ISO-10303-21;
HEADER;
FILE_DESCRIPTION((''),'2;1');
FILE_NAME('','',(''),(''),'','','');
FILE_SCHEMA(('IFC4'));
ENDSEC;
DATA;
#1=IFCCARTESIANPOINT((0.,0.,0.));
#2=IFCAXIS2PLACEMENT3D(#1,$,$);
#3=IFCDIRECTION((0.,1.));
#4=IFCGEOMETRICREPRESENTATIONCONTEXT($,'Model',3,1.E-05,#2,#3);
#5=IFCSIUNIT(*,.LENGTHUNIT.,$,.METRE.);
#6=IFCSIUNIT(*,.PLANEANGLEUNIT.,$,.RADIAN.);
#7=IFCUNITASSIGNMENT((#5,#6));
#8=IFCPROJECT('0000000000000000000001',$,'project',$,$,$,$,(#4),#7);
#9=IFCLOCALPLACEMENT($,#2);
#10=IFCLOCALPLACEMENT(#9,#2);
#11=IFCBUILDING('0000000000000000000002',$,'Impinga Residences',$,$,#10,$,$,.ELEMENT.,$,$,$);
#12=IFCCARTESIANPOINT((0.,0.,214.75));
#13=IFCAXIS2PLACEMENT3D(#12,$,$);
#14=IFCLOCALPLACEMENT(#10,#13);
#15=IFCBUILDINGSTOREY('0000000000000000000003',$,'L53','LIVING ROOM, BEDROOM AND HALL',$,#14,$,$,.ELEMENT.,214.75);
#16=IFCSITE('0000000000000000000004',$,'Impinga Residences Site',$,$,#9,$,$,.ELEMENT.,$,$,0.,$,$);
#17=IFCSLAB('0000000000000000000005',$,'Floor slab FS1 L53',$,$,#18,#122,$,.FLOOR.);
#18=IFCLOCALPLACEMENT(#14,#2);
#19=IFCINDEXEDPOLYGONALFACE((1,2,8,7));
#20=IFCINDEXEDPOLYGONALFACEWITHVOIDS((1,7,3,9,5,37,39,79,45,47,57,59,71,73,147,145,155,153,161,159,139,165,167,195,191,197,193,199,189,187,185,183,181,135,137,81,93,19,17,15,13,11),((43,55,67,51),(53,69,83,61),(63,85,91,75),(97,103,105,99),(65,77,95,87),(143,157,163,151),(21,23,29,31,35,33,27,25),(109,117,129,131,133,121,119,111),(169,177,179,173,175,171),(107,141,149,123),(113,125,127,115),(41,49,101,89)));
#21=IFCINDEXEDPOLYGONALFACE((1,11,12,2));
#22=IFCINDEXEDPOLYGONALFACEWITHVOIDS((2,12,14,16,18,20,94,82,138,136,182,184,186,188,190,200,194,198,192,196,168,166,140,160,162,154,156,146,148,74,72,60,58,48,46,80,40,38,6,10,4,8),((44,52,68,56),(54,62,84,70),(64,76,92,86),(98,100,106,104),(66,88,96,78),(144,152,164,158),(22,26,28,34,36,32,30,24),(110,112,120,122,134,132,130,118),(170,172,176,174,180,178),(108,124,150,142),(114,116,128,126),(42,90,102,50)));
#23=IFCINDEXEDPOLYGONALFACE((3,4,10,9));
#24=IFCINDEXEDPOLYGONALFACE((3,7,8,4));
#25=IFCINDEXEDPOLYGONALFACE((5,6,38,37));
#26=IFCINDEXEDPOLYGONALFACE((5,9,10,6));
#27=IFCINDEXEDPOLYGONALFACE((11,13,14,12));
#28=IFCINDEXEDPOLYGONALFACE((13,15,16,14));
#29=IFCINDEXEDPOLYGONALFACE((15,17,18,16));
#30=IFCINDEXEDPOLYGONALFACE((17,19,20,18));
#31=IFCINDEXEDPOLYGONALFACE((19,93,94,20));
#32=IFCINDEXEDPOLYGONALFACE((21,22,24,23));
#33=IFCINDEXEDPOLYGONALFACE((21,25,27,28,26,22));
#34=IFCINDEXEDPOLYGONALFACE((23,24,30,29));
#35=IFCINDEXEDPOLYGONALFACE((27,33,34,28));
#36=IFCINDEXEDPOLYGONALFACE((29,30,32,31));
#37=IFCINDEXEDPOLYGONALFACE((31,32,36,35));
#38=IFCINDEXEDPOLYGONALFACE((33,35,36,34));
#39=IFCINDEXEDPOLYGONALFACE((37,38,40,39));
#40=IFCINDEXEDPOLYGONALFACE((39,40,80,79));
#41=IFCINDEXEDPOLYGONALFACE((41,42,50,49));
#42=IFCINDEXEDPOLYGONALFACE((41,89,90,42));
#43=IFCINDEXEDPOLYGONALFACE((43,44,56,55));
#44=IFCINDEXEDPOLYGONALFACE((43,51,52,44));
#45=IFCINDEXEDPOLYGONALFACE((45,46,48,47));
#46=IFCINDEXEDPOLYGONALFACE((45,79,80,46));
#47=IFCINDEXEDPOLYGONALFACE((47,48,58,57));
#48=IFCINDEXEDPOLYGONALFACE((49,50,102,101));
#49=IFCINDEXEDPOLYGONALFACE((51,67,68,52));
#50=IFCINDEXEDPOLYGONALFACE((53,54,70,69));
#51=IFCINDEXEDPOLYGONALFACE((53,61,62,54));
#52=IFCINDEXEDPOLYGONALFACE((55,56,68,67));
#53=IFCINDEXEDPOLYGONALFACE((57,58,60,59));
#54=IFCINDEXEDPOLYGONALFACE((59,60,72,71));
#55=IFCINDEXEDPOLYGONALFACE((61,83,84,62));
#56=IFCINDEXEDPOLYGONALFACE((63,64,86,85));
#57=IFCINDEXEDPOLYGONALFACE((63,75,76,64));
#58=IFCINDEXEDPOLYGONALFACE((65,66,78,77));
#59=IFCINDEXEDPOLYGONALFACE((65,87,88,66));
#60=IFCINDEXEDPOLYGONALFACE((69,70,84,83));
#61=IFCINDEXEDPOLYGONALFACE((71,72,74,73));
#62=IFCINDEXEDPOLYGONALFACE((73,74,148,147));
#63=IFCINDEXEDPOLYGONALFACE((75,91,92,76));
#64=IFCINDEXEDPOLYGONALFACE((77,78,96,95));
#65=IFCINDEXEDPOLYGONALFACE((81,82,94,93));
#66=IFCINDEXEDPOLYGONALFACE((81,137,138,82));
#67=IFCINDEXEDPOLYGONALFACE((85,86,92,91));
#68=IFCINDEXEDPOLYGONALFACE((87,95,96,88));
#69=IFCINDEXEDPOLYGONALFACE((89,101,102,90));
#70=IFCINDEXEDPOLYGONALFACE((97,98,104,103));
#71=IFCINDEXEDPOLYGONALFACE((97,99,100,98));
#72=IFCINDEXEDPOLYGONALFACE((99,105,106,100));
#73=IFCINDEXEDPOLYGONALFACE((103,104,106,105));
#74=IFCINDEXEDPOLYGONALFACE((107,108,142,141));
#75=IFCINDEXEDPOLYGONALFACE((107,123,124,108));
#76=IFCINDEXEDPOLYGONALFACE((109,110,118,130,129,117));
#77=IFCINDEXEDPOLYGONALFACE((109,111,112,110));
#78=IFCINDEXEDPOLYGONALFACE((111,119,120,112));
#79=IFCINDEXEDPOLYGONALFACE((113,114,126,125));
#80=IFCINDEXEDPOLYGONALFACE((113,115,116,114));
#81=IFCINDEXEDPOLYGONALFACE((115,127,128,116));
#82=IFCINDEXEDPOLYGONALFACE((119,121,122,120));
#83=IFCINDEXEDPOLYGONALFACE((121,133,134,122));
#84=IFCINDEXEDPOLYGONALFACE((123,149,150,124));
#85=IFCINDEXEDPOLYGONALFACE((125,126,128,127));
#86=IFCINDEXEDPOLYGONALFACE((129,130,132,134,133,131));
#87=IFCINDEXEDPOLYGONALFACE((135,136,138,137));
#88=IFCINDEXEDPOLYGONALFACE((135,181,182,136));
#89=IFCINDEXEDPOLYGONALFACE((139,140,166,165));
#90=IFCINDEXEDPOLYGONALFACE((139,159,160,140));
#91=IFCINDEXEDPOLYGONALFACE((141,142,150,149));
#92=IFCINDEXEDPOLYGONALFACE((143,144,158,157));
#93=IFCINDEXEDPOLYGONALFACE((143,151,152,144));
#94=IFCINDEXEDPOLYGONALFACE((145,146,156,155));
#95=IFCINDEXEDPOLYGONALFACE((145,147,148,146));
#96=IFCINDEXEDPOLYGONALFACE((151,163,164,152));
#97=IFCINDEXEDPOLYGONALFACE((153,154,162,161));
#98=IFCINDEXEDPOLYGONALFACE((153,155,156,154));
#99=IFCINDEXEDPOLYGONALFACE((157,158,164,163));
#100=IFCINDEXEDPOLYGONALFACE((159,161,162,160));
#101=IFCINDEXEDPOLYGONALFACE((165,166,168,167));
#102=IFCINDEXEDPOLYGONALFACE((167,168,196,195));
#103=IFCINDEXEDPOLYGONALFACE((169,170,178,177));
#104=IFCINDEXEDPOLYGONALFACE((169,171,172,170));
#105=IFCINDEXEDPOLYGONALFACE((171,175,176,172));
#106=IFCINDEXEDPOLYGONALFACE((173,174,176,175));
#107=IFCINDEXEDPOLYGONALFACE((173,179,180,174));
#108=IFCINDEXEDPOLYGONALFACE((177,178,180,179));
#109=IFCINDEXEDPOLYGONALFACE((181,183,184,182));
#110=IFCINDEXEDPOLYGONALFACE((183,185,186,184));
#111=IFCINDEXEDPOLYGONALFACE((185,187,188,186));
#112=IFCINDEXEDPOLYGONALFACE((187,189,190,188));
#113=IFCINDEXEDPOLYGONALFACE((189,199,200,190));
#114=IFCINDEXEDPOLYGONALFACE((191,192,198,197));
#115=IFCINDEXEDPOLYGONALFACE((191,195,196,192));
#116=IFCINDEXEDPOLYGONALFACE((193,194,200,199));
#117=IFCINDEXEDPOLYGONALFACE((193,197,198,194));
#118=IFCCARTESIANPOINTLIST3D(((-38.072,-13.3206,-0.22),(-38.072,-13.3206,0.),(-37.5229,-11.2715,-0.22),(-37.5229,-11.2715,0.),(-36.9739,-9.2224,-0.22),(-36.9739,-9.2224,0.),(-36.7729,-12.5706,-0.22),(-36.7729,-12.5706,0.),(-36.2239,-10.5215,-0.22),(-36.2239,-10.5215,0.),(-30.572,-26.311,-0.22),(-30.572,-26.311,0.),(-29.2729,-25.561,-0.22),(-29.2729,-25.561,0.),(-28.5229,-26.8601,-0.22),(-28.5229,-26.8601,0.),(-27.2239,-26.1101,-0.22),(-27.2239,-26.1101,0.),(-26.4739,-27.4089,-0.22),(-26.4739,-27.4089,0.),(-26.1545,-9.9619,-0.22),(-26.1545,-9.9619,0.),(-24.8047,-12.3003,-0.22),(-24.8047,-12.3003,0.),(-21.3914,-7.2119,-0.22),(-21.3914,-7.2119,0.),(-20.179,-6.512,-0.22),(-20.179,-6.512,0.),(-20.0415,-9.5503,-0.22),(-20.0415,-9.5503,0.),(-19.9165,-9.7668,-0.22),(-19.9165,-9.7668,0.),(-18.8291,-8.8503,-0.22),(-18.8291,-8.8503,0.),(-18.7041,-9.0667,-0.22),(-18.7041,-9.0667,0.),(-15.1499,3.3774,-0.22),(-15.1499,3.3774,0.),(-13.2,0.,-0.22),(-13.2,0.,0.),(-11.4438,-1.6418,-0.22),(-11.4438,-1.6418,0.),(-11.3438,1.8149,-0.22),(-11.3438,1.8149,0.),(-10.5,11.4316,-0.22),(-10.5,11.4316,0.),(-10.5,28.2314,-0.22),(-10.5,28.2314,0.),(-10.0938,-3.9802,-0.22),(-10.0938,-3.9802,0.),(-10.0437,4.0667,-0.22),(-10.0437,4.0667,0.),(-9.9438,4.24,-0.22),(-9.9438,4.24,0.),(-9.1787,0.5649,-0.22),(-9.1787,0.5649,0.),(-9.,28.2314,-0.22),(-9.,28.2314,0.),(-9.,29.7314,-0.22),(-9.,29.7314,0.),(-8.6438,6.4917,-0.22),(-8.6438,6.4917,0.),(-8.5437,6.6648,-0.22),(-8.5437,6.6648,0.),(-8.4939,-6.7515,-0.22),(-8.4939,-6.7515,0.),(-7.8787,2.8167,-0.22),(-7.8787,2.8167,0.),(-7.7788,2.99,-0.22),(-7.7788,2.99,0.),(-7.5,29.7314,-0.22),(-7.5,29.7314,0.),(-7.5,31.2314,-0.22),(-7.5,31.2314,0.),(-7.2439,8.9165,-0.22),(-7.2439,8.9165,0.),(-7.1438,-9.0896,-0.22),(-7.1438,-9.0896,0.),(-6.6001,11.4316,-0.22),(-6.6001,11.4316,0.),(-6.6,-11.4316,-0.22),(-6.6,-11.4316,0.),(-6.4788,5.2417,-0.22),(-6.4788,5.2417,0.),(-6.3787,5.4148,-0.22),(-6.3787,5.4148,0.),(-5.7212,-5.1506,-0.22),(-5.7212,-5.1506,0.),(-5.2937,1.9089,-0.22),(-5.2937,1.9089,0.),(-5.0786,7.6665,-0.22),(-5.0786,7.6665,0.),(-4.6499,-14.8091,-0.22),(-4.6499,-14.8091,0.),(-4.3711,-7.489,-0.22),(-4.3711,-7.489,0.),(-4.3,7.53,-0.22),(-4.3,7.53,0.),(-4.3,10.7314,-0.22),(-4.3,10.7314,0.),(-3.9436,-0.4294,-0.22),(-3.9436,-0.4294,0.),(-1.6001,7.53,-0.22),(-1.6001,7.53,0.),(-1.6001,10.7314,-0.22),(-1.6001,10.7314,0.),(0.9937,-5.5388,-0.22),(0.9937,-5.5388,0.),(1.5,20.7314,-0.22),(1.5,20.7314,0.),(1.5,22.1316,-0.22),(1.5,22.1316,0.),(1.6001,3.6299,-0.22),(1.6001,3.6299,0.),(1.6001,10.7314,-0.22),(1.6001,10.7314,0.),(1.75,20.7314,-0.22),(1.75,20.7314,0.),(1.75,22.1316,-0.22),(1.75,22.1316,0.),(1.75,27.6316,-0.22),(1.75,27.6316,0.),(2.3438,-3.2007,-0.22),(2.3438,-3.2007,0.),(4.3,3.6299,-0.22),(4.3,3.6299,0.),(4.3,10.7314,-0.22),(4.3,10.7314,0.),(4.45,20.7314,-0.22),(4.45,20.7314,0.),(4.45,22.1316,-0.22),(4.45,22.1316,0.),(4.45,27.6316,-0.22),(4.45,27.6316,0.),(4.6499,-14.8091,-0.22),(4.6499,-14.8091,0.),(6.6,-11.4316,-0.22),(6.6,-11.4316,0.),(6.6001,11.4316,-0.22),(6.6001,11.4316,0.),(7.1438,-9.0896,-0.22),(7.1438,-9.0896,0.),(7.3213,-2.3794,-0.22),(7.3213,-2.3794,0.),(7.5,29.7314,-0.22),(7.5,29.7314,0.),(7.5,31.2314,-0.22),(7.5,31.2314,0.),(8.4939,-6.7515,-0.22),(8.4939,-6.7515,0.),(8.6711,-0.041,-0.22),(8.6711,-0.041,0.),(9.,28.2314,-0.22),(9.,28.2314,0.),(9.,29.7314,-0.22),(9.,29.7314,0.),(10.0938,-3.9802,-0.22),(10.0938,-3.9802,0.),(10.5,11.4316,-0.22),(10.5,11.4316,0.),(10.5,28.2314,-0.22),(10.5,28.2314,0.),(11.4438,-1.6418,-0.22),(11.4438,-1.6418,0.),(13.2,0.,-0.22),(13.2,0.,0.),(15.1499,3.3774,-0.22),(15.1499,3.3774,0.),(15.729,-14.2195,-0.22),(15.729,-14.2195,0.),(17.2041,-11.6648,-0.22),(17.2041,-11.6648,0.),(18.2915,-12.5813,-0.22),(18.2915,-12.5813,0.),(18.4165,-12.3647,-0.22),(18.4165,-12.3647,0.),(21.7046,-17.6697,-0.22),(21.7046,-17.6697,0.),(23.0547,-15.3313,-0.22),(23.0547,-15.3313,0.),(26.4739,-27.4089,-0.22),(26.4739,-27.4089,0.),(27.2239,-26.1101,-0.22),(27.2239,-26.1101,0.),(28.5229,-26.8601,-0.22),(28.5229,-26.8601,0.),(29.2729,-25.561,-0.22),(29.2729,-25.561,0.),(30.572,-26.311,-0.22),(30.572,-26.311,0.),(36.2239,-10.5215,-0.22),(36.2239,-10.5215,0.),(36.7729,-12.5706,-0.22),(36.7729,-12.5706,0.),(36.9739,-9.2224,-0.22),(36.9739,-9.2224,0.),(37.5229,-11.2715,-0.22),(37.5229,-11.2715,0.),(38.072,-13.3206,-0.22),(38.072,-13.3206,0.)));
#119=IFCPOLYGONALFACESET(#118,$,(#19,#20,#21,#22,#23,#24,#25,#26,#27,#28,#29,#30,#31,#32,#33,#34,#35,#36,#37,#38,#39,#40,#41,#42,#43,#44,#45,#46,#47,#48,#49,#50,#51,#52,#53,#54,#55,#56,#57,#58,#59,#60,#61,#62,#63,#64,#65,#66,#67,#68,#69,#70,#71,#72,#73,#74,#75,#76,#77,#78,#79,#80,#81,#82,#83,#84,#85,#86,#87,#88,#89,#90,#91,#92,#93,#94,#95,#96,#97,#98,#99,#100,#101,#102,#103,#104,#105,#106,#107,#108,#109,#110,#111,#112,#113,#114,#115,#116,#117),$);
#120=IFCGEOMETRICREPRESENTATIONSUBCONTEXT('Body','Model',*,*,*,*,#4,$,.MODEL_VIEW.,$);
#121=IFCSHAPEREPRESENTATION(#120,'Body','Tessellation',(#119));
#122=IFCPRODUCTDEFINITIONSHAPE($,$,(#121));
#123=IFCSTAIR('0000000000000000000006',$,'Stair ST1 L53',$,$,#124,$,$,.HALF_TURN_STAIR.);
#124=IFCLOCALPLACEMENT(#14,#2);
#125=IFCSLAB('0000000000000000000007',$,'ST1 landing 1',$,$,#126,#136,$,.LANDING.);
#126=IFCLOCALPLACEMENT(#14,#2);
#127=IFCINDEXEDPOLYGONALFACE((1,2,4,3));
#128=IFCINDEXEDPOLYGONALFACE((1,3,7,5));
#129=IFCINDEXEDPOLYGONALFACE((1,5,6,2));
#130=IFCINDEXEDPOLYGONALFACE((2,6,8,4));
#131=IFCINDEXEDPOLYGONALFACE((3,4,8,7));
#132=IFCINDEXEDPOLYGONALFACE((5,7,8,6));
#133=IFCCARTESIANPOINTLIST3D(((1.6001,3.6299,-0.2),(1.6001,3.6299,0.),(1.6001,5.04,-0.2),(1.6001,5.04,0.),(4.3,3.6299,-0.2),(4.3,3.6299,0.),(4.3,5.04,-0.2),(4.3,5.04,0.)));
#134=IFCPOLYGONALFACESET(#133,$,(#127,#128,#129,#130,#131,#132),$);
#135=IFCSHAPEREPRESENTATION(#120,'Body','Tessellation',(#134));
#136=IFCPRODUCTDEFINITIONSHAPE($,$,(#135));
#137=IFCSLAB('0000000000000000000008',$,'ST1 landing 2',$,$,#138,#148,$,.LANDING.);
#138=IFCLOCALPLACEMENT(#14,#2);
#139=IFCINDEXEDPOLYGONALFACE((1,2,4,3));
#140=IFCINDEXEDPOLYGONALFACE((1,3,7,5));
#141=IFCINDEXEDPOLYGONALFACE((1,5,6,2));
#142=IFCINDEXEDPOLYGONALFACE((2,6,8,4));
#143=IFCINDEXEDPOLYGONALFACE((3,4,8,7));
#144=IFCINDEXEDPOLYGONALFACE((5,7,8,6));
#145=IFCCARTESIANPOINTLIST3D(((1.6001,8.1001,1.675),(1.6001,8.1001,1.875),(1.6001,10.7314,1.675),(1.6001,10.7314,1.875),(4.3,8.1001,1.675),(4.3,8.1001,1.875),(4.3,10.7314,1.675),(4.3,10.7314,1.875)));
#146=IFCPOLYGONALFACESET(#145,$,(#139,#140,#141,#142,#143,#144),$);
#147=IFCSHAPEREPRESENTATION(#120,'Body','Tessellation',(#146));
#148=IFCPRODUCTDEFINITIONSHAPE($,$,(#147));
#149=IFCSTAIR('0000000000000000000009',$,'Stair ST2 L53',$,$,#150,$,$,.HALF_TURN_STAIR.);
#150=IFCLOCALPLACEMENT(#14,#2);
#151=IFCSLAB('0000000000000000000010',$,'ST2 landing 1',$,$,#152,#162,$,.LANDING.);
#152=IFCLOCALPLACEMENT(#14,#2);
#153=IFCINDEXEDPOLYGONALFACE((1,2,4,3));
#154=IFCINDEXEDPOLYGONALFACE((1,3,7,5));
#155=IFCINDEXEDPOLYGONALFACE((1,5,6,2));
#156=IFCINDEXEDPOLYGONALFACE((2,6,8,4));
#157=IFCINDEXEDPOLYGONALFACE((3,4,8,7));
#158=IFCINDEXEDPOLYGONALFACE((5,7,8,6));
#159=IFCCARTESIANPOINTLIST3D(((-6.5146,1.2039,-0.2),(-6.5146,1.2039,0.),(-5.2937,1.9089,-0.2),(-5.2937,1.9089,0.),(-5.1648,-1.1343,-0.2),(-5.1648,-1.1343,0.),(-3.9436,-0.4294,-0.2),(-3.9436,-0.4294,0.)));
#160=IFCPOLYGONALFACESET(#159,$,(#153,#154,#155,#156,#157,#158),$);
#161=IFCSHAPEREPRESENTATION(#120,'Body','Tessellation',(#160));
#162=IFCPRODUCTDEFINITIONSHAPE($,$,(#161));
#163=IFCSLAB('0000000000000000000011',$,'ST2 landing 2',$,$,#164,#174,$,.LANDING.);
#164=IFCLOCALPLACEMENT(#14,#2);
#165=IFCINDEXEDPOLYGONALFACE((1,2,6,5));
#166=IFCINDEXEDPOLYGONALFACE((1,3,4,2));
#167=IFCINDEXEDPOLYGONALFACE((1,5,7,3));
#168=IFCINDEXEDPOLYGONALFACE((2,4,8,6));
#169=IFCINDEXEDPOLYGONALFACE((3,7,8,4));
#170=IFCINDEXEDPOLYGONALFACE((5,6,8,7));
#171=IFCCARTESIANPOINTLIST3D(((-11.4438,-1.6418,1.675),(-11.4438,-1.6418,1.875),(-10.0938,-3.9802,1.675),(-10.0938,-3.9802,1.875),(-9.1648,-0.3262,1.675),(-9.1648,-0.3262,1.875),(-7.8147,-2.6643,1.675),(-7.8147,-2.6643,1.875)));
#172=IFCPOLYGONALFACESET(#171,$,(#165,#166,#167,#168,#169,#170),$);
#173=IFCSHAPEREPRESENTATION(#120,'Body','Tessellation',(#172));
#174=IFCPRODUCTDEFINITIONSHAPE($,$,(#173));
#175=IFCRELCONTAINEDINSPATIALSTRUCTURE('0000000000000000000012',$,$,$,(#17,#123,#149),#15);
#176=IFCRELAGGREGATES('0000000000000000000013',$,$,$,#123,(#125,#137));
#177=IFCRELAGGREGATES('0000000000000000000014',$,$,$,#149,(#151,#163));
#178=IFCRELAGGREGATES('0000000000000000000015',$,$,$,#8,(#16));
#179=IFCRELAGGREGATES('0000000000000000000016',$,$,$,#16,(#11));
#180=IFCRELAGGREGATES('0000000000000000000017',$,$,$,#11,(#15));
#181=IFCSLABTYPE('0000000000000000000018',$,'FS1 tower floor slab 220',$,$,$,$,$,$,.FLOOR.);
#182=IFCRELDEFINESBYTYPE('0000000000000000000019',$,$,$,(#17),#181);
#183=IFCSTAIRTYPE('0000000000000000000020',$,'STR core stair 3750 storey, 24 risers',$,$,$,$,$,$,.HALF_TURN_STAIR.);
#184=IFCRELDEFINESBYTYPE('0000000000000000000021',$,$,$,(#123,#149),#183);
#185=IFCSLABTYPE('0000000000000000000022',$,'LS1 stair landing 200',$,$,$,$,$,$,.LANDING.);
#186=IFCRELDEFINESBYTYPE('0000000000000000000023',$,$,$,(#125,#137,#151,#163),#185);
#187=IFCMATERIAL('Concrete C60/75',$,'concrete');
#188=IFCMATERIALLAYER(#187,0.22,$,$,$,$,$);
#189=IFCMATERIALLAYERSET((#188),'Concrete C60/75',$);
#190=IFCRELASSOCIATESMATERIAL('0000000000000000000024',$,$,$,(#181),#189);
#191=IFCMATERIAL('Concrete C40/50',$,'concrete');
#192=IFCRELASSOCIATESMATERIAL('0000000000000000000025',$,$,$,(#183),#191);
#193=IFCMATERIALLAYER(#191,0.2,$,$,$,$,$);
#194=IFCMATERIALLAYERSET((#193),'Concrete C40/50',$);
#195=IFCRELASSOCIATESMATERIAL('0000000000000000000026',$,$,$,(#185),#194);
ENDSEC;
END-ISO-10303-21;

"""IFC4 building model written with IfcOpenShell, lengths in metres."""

from ifc_helpers import new_model, si_unit, direction, frame, origin, place, context, subcontext, project, spatial, polyline, outline, extrude, material, layer, layer_set, type_object, element, aggregate, save


model = new_model("IFC4")

# Units and contexts
model_context = context("Model", 3, precision=1e-05, world=origin(), true_north=direction((0.0, 1.0)))
body_context = subcontext(model_context, "Body", "Model", "MODEL_VIEW")
ifc_project = project(units=[si_unit("LENGTHUNIT", "METRE"), si_unit("PLANEANGLEUNIT", "RADIAN")], contexts=[model_context])

# Site, building, storey
site_placement = place(None, origin())
site = spatial("IfcSite", under=ifc_project, at=site_placement, Name="Impinga Residences Site", CompositionType="ELEMENT", RefElevation=0.0)
building_placement = place(site_placement, origin())
building = spatial("IfcBuilding", under=site, at=building_placement, Name="Impinga Residences", CompositionType="ELEMENT")
storey_placement = place(building_placement, frame((0.0, 0.0, 214.75)))
storey = spatial("IfcBuildingStorey", under=building, at=storey_placement, Name="L53", Description="LIVING ROOM, BEDROOM AND HALL", CompositionType="ELEMENT", Elevation=214.75)

# Slab
ifc_material_1 = material(Name="Concrete C60/75", Category="concrete")
ifc_layer_1 = layer(ifc_material_1, 0.22)
ifc_layer_set_1 = layer_set([ifc_layer_1], Name="Concrete C60/75")
slab_type_1 = type_object("IfcSlabType", Name="FS1 tower floor slab 220", PredefinedType="FLOOR", material=ifc_layer_set_1)
slab_1_placement = place(storey_placement, frame((0.0, 0.0, -0.22)))
element("IfcSlab", 1, at=slab_1_placement, inside=storey, type_object=slab_type_1, Name="Floor slab FS1 L53", PredefinedType="FLOOR", context=body_context, shape_type="SweptSolid", body=[
    extrude(outline(polyline([(-27.2239, -26.1101), (-28.5229, -26.8601), (-29.2729, -25.561), (-30.572, -26.311), (-38.072, -13.3206), (-36.7729, -12.5706), (-37.5229, -11.2715), (-36.2239, -10.5215), (-36.9739, -9.2224), (-15.1499, 3.3774), (-13.2, 0.0), (-6.6001, 11.4316), (-10.5, 11.4316), (-10.5, 28.2314), (-9.0, 28.2314), (-9.0, 29.7314), (-7.5, 29.7314), (-7.5, 31.2314), (7.5, 31.2314), (7.5, 29.7314), (9.0, 29.7314), (9.0, 28.2314), (10.5, 28.2314), (10.5, 11.4316), (6.6001, 11.4316), (13.2, 0.0), (15.1499, 3.3774), (36.9739, -9.2224), (36.2239, -10.5215), (37.5229, -11.2715), (36.7729, -12.5706), (38.072, -13.3206), (30.572, -26.311), (29.2729, -25.561), (28.5229, -26.8601), (27.2239, -26.1101), (26.4739, -27.4089), (4.6499, -14.8091), (9.9001, -5.7158), (6.6001, -11.4316), (-6.6001, -11.4316), (-9.9001, -5.7158), (-4.6499, -14.8091), (-26.4739, -27.4089), (-27.2239, -26.1101)]), holes=[polyline([(-18.7041, -9.0667), (-18.8291, -8.8503), (-18.8291, -8.8503), (-20.179, -6.512), (-21.3914, -7.2119), (-21.3914, -7.2119), (-26.1545, -9.9619), (-24.8047, -12.3003), (-20.0415, -9.5503), (-19.9165, -9.7668), (-18.7041, -9.0667)]), polyline([(-5.7212, -5.1506), (-8.4939, -6.7515), (-7.1438, -9.0896), (-4.3711, -7.489), (-5.7212, -5.1506)]), polyline([(-5.2937, 1.9089), (-11.4438, -1.6418), (-10.0938, -3.9802), (-3.9436, -0.4294), (-5.2937, 1.9089)]), polyline([(-7.8787, 2.8167), (-10.0437, 4.0667), (-11.3438, 1.8149), (-9.1787, 0.5649), (-7.8787, 2.8167)]), polyline([(-6.4788, 5.2417), (-8.6438, 6.4917), (-9.9438, 4.24), (-7.7788, 2.99), (-6.4788, 5.2417)]), polyline([(-6.3787, 5.4148), (-5.0786, 7.6665), (-7.2439, 8.9165), (-8.5437, 6.6648), (-6.3787, 5.4148)]), polyline([(-4.3, 7.53), (-1.6001, 7.53), (-1.6001, 10.7314), (-4.3, 10.7314), (-4.3, 7.53)]), polyline([(15.729, -14.2195), (21.7046, -17.6697), (23.0547, -15.3313), (18.2915, -12.5813), (18.4165, -12.3647), (17.2041, -11.6648), (15.729, -14.2195)]), polyline([(0.9937, -5.5388), (7.1438, -9.0896), (8.4939, -6.7515), (2.3438, -3.2007), (0.9937, -5.5388)]), polyline([(7.3213, -2.3794), (10.0938, -3.9802), (11.4438, -1.6418), (8.6711, -0.041), (7.3213, -2.3794)]), polyline([(4.3, 3.6299), (4.3, 10.7314), (1.6001, 10.7314), (1.6001, 3.6299), (4.3, 3.6299)]), polyline([(1.75, 22.1316), (1.5, 22.1316), (1.5, 20.7314), (1.75, 20.7314), (4.45, 20.7314), (4.45, 22.1316), (4.45, 27.6316), (1.75, 27.6316), (1.75, 22.1316)])]), origin(), (0.0, 0.0, 1.0), 0.22),
])

# Stairs, slabs
ifc_material_2 = material(Name="Concrete C40/50", Category="concrete")
stair_type = type_object("IfcStairType", Name="STR core stair 3750 storey, 24 risers", PredefinedType="HALF_TURN_STAIR", material=ifc_material_2)
stair_1_placement = place(storey_placement, origin())
stair_1 = element("IfcStair", 2, at=stair_1_placement, inside=storey, type_object=stair_type, Name="Stair ST1 L53", PredefinedType="HALF_TURN_STAIR")
ifc_layer_2 = layer(ifc_material_2, 0.2)
ifc_layer_set_2 = layer_set([ifc_layer_2], Name="Concrete C40/50")
slab_type_2 = type_object("IfcSlabType", Name="LS1 stair landing 200", PredefinedType="LANDING", material=ifc_layer_set_2)
slab_2_placement = place(storey_placement, frame((0.0, 0.0, -0.2)))
slab_2 = element("IfcSlab", 3, at=slab_2_placement, type_object=slab_type_2, Name="ST1 landing 1", PredefinedType="LANDING", context=body_context, shape_type="SweptSolid", body=[
    extrude(outline(polyline([(1.6001, 3.6299), (4.3, 3.6299), (4.3, 5.04), (1.6001, 5.04), (1.6001, 3.6299)])), origin(), (0.0, 0.0, 1.0), 0.2),
])
slab_3_placement = place(storey_placement, frame((0.0, 0.0, 1.675)))
slab_3 = element("IfcSlab", 4, at=slab_3_placement, type_object=slab_type_2, Name="ST1 landing 2", PredefinedType="LANDING", context=body_context, shape_type="SweptSolid", body=[
    extrude(outline(polyline([(1.6001, 8.1001), (4.3, 8.1001), (4.3, 10.7314), (1.6001, 10.7314), (1.6001, 8.1001)])), origin(), (0.0, 0.0, 1.0), 0.2),
])
aggregate(stair_1, [slab_2, slab_3])
stair_2_placement = place(storey_placement, origin())
stair_2 = element("IfcStair", 5, at=stair_2_placement, inside=storey, type_object=stair_type, Name="Stair ST2 L53", PredefinedType="HALF_TURN_STAIR")
slab_4_placement = place(storey_placement, frame((0.0, 0.0, -0.2)))
slab_4 = element("IfcSlab", 6, at=slab_4_placement, type_object=slab_type_2, Name="ST2 landing 1", PredefinedType="LANDING", context=body_context, shape_type="SweptSolid", body=[
    extrude(outline(polyline([(-3.9436, -0.4294), (-5.2937, 1.9089), (-6.5146, 1.2039), (-5.1648, -1.1343), (-3.9436, -0.4294)])), origin(), (0.0, 0.0, 1.0), 0.2),
])
slab_5_placement = place(storey_placement, frame((0.0, 0.0, 1.675)))
slab_5 = element("IfcSlab", 7, at=slab_5_placement, type_object=slab_type_2, Name="ST2 landing 2", PredefinedType="LANDING", context=body_context, shape_type="SweptSolid", body=[
    extrude(outline(polyline([(-7.8147, -2.6643), (-9.1648, -0.3262), (-11.4438, -1.6418), (-10.0938, -3.9802), (-7.8147, -2.6643)])), origin(), (0.0, 0.0, 1.0), 0.2),
])

aggregate(stair_2, [slab_4, slab_5])

save(model, "model.ifc")
